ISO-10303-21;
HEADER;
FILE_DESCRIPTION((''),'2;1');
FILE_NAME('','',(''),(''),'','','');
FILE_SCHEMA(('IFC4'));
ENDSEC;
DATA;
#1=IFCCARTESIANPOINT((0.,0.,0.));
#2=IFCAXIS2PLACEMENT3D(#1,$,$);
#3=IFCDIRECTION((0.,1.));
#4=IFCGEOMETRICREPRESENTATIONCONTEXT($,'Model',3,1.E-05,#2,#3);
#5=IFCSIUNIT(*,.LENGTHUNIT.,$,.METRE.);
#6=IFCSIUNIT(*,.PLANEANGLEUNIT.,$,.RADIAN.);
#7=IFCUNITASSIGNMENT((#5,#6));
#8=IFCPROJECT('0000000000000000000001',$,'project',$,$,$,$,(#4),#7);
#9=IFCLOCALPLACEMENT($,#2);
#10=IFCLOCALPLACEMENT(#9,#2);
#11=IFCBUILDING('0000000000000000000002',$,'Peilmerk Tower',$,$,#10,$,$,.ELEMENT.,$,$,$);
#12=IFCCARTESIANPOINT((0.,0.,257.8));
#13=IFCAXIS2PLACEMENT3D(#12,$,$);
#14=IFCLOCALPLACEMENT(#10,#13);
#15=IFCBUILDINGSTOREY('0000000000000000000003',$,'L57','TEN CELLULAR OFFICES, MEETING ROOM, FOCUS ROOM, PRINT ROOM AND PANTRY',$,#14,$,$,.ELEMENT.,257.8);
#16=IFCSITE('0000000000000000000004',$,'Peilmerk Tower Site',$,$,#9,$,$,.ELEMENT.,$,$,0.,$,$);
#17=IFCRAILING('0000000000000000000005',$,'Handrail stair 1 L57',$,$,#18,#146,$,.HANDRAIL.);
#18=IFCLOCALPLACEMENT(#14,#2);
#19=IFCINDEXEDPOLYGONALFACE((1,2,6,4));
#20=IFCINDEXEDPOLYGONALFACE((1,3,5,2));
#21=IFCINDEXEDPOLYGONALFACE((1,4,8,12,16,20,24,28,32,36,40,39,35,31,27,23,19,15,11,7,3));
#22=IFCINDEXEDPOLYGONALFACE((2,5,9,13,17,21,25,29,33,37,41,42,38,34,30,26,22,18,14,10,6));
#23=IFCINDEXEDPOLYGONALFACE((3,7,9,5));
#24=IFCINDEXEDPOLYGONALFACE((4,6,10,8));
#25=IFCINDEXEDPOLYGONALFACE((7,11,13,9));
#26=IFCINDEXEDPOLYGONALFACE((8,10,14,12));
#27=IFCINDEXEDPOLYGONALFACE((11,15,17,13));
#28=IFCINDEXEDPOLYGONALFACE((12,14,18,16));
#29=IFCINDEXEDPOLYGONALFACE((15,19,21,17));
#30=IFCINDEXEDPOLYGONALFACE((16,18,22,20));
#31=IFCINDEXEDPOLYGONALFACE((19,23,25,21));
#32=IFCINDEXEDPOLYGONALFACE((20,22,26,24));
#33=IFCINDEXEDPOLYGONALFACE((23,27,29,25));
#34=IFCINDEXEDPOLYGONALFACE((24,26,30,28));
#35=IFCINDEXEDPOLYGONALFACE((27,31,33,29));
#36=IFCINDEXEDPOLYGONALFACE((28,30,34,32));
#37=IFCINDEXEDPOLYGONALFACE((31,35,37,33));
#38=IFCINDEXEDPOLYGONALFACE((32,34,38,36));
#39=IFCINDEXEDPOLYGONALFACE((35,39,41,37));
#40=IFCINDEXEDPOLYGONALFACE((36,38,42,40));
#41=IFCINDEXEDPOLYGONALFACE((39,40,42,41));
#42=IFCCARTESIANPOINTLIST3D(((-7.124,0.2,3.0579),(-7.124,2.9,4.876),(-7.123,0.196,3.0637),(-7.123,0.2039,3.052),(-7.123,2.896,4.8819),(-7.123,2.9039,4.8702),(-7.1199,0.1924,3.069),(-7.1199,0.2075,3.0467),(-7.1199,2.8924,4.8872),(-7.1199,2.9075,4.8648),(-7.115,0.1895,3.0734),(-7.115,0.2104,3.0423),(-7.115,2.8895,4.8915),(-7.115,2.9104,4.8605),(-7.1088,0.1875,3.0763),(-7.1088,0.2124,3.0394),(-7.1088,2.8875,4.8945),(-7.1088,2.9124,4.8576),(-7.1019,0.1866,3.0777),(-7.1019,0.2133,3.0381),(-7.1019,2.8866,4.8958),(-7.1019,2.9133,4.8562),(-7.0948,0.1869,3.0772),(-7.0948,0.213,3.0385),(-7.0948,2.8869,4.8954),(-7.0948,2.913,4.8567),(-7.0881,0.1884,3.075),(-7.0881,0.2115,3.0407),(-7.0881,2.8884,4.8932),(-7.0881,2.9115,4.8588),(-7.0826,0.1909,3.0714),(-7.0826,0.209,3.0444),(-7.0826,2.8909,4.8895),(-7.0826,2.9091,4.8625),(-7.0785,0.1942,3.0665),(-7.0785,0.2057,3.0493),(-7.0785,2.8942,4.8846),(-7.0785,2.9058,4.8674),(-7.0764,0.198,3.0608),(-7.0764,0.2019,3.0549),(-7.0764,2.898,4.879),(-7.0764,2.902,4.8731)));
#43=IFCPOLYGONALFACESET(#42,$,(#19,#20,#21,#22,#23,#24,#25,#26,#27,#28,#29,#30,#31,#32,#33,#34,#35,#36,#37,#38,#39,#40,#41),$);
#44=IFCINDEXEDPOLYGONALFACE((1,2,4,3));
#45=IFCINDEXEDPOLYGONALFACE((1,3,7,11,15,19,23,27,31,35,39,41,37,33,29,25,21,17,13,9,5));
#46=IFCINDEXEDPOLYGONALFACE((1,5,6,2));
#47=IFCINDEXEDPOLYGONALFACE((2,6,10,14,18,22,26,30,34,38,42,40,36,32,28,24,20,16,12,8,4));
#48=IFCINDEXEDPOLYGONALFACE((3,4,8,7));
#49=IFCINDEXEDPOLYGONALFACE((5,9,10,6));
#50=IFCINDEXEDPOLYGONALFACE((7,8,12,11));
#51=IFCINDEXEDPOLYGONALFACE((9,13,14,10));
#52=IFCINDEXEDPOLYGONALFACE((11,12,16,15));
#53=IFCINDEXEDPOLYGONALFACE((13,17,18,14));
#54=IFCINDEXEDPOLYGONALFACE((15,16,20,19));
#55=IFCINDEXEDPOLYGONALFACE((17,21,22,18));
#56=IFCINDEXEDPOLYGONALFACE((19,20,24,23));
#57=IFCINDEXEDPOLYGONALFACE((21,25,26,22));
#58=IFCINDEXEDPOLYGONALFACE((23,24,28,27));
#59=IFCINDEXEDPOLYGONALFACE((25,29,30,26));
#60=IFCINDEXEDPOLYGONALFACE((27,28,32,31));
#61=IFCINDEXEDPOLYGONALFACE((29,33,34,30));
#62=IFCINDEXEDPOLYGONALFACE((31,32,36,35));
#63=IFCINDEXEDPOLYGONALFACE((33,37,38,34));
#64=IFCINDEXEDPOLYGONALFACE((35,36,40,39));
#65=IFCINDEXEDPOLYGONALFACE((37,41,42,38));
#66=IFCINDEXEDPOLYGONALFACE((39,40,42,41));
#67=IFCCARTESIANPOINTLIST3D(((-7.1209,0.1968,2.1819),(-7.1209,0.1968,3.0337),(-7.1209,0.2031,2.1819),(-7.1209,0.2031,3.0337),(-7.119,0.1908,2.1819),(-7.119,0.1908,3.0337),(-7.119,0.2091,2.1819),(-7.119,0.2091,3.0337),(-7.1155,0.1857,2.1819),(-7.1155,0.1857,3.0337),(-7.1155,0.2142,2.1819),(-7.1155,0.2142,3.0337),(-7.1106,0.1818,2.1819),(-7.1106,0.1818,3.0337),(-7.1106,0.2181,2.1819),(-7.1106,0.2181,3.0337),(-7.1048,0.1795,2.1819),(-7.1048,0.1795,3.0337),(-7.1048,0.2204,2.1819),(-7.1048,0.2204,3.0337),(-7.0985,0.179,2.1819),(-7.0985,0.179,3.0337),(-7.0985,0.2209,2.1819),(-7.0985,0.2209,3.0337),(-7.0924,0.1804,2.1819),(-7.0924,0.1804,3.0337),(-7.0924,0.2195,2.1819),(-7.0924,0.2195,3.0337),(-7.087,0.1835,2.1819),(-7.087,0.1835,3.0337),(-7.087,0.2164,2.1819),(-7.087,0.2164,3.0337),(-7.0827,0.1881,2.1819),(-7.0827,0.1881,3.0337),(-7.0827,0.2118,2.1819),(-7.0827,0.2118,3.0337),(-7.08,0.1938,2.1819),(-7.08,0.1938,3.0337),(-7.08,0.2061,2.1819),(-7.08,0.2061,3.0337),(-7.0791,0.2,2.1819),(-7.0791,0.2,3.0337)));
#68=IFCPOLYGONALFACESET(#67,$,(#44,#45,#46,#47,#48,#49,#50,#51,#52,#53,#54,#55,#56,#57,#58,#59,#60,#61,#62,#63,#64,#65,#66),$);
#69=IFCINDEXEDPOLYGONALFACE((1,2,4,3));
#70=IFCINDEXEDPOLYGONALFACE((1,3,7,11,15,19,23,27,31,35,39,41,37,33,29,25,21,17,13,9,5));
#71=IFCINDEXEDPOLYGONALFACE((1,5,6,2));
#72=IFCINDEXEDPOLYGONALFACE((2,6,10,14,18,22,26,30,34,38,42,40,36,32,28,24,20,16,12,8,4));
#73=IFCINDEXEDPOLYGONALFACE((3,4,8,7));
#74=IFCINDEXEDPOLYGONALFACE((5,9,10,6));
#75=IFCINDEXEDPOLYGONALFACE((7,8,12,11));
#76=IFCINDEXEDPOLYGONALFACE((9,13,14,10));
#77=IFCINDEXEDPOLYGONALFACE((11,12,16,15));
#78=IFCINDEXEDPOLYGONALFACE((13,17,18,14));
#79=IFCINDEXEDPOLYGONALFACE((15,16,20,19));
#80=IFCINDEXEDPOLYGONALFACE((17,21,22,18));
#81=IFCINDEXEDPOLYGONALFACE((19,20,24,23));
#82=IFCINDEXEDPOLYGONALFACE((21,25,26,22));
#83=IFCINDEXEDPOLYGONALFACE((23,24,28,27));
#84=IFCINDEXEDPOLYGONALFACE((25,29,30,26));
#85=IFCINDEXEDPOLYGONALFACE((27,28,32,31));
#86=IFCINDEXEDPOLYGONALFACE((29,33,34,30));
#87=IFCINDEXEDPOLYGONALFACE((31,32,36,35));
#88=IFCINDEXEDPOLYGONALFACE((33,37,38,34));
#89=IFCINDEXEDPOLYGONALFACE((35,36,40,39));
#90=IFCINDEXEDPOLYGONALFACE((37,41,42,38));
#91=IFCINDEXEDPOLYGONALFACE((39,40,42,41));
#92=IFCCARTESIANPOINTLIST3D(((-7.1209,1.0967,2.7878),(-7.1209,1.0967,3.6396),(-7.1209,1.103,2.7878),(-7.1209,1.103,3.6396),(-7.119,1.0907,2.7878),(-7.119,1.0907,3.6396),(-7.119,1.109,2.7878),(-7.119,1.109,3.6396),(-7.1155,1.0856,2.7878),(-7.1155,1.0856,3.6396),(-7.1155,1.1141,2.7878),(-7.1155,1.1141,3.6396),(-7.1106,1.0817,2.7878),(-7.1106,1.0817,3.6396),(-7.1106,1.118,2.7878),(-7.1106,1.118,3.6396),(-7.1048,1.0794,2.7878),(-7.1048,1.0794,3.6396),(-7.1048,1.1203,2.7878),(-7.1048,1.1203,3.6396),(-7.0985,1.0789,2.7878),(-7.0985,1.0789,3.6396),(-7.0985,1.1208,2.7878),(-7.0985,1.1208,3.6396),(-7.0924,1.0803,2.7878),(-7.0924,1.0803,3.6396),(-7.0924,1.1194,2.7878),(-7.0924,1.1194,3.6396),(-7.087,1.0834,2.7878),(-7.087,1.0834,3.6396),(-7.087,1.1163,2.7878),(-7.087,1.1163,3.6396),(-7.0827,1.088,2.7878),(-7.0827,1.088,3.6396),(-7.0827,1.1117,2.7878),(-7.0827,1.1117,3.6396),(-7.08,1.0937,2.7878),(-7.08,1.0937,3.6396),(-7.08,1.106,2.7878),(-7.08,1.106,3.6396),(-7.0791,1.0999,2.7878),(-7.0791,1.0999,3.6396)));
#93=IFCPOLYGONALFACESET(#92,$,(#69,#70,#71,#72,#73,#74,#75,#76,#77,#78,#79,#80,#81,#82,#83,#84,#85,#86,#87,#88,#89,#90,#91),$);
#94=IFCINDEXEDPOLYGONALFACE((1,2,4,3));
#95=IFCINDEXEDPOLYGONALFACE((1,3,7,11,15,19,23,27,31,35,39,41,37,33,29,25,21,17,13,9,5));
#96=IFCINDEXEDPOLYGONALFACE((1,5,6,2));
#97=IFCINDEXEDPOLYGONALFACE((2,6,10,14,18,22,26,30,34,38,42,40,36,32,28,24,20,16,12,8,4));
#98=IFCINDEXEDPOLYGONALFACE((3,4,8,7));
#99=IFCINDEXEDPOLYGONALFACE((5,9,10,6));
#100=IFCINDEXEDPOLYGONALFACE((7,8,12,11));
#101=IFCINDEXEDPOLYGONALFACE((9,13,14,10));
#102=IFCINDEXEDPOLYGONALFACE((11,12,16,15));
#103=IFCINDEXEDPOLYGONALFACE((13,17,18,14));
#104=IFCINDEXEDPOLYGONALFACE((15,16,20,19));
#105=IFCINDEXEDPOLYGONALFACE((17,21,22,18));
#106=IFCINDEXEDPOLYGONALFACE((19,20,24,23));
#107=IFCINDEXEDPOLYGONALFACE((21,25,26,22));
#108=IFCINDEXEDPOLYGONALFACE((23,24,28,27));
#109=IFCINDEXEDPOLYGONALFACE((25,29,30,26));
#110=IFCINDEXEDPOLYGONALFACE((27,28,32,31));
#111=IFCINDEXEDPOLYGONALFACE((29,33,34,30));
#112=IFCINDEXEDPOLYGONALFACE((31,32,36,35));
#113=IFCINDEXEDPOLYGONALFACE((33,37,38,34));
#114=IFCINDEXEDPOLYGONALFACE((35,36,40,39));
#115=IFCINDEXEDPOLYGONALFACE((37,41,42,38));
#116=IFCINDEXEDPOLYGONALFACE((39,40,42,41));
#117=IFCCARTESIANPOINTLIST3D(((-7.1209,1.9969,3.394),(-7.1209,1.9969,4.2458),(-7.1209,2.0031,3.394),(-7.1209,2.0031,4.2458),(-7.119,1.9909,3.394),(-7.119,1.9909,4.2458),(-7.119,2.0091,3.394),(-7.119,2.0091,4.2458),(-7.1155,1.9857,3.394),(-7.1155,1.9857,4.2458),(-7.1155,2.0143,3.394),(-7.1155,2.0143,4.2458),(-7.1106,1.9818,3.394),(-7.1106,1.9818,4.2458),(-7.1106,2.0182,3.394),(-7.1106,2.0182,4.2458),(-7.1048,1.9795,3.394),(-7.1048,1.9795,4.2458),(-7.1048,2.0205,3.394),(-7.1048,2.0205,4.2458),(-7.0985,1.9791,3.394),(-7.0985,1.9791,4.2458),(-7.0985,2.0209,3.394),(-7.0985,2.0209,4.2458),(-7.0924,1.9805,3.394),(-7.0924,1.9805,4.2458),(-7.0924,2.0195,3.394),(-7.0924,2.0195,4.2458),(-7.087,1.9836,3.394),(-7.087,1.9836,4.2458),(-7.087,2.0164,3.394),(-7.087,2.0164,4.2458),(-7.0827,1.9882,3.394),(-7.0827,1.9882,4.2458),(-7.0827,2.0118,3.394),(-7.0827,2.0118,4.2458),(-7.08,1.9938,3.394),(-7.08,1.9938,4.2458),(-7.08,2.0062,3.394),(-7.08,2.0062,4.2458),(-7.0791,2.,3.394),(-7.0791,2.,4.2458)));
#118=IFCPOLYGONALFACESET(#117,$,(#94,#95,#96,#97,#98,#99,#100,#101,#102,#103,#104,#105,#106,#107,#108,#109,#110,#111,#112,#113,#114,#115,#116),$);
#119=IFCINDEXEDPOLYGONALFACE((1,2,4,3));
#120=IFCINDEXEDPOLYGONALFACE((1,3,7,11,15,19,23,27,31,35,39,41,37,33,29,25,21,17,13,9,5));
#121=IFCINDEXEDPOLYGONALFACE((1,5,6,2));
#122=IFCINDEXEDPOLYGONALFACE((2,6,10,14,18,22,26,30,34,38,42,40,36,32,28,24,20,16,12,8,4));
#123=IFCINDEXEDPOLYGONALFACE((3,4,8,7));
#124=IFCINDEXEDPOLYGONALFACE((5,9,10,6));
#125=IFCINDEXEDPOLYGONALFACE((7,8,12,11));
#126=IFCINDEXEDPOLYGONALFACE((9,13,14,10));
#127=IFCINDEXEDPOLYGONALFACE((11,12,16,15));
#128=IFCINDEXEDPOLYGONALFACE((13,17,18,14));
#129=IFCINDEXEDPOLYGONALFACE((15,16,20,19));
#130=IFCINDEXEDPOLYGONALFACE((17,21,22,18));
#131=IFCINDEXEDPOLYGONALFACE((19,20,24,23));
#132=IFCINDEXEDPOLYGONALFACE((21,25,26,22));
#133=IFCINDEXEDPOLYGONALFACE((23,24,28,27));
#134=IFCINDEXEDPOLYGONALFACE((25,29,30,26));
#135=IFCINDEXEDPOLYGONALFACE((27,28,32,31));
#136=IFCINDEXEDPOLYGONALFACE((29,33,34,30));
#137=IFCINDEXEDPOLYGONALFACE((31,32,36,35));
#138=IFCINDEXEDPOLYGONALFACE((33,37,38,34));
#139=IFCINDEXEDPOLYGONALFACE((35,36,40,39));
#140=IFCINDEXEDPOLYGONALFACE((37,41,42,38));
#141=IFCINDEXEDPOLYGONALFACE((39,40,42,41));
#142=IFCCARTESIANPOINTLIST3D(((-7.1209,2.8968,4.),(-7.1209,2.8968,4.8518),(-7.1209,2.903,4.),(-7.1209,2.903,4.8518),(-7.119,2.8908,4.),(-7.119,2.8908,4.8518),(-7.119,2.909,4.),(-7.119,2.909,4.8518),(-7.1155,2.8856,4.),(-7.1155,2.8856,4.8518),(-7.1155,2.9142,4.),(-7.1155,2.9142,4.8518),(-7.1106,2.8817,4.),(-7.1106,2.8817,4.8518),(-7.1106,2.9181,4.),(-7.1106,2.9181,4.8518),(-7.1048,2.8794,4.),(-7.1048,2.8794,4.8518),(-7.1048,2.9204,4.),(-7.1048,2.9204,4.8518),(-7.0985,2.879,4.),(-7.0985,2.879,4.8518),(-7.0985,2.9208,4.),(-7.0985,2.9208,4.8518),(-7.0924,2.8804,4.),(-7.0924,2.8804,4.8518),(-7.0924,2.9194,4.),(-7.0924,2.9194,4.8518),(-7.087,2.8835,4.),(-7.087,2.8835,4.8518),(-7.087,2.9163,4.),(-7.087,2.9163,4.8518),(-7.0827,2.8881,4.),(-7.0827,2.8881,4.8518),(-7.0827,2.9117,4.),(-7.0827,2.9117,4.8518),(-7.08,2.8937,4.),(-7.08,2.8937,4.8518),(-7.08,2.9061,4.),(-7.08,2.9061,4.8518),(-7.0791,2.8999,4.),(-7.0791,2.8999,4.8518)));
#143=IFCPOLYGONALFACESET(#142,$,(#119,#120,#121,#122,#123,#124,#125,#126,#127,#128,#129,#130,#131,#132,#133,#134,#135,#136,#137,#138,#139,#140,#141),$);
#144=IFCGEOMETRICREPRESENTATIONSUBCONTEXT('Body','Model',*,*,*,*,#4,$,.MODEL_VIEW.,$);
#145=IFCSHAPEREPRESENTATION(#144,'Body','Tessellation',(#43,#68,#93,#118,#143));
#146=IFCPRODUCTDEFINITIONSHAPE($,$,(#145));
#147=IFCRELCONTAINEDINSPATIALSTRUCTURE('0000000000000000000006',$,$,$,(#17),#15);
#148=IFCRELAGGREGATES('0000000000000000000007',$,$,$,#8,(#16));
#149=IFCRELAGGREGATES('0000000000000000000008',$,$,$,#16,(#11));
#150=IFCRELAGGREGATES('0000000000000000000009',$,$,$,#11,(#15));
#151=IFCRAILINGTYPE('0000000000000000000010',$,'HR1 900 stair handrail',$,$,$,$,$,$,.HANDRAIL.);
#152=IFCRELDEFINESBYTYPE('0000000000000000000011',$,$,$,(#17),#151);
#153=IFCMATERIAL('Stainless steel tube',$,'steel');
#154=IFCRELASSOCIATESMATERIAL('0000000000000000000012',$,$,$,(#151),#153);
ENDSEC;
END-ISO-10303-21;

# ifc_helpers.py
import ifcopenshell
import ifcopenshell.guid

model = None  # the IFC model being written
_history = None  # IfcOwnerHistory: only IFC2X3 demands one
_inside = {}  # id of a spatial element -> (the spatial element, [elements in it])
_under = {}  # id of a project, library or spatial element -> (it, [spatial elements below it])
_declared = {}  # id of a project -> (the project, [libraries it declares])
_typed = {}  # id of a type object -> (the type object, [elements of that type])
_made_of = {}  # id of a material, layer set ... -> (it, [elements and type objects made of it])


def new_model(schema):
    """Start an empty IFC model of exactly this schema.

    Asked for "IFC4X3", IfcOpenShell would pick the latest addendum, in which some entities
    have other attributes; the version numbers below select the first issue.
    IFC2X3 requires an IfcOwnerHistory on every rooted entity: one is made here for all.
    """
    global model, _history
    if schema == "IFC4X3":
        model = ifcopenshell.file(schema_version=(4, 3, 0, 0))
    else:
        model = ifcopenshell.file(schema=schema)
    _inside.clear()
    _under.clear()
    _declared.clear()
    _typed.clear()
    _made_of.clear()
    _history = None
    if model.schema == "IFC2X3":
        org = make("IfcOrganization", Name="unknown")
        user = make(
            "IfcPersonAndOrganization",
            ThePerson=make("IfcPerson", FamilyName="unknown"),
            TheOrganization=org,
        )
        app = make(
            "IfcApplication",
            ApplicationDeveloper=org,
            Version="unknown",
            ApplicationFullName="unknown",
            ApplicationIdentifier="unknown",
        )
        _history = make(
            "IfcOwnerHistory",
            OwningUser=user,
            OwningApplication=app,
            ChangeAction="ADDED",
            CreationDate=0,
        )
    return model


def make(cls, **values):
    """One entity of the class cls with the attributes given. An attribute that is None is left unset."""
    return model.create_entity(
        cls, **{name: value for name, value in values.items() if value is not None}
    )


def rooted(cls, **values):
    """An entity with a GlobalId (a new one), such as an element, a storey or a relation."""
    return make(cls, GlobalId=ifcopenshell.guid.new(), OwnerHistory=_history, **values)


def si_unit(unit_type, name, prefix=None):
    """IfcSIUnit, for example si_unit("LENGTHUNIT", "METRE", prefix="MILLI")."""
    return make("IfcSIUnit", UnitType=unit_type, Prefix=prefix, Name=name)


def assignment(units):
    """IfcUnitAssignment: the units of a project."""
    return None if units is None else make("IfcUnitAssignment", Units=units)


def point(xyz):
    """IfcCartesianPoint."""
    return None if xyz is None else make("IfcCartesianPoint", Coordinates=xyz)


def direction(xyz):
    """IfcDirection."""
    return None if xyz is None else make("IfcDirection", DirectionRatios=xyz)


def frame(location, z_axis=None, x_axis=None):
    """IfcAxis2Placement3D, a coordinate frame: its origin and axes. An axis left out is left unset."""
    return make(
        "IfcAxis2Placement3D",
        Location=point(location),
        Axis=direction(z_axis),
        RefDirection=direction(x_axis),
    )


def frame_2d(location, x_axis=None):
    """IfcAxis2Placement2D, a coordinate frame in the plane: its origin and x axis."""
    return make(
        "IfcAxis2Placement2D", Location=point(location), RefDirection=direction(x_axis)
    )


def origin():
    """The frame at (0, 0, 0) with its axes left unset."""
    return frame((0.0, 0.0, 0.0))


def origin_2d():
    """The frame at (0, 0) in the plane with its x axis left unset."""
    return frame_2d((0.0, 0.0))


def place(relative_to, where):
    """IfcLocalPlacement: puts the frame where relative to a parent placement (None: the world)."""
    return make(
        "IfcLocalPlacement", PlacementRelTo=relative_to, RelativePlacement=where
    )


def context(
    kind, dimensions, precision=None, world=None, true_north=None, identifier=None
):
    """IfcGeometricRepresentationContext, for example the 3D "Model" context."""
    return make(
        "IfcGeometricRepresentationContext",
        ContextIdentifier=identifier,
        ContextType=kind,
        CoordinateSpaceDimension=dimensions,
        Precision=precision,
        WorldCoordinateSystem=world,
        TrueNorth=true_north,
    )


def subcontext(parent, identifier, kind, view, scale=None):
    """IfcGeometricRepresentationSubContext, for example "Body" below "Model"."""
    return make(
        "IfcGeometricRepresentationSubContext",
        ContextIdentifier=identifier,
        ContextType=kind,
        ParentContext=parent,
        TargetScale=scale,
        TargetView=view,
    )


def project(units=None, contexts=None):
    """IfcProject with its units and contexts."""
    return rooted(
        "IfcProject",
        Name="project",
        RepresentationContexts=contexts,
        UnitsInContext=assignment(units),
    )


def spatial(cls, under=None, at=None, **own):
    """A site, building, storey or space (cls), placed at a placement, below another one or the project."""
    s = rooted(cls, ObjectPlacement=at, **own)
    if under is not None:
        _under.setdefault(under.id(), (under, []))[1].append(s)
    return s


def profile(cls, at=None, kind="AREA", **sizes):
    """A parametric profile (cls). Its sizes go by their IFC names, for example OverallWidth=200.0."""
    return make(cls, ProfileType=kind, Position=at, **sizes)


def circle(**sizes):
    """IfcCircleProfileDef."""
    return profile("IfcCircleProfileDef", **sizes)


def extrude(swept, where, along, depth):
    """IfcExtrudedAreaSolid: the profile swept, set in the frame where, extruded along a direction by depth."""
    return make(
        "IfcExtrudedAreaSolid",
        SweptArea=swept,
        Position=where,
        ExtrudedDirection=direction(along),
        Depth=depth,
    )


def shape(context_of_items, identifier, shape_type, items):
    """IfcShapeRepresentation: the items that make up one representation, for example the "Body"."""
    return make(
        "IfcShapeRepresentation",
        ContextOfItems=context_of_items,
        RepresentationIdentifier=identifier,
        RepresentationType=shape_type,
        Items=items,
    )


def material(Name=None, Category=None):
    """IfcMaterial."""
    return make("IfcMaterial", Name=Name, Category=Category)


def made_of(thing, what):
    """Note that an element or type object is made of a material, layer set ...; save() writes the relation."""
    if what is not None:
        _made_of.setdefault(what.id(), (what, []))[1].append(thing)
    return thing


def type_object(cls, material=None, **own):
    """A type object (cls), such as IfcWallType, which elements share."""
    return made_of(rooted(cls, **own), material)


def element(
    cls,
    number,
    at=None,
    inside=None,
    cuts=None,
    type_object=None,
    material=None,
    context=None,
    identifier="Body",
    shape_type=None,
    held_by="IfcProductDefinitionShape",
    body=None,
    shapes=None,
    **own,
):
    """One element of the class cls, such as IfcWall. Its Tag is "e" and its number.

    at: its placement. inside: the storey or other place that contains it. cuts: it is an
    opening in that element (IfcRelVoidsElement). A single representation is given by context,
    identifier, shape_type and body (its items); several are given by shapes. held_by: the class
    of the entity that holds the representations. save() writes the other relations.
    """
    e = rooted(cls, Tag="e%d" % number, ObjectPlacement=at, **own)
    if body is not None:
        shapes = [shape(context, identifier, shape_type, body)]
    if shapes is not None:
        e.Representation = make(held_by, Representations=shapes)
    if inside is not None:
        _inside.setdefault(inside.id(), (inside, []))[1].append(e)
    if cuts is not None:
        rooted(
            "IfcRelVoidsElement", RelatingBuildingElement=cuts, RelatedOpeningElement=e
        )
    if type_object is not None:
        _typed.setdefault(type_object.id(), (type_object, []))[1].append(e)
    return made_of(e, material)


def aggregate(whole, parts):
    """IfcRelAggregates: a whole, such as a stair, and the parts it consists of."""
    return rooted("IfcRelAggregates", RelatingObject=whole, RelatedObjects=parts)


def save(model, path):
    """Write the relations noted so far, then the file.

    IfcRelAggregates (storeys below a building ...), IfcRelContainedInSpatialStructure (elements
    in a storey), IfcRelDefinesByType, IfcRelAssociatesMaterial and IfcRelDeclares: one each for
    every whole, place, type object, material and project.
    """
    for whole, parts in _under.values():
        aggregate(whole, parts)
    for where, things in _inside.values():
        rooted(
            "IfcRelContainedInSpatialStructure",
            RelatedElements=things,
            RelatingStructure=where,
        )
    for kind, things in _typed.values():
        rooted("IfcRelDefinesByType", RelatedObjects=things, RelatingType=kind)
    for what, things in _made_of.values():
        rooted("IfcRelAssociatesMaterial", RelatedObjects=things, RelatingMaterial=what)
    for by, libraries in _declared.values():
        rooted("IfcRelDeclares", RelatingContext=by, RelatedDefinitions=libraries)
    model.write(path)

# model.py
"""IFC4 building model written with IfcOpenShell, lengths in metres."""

from ifc_helpers import new_model, si_unit, direction, frame, origin, origin_2d, place, context, subcontext, project, spatial, circle, extrude, material, type_object, element, save


model = new_model("IFC4")

# Units and contexts
model_context = context("Model", 3, precision=1e-05, world=origin(), true_north=direction((0.0, 1.0)))
body_context = subcontext(model_context, "Body", "Model", "MODEL_VIEW")
ifc_project = project(units=[si_unit("LENGTHUNIT", "METRE"), si_unit("PLANEANGLEUNIT", "RADIAN")], contexts=[model_context])

# Site, building, storey
site_placement = place(None, origin())
site = spatial("IfcSite", under=ifc_project, at=site_placement, Name="Peilmerk Tower Site", CompositionType="ELEMENT", RefElevation=0.0)
building_placement = place(site_placement, origin())
building = spatial("IfcBuilding", under=site, at=building_placement, Name="Peilmerk Tower", CompositionType="ELEMENT")
storey_placement = place(building_placement, frame((0.0, 0.0, 257.8)))
storey = spatial("IfcBuildingStorey", under=building, at=storey_placement, Name="L57", Description="TEN CELLULAR OFFICES, MEETING ROOM, FOCUS ROOM, PRINT ROOM AND PANTRY", CompositionType="ELEMENT", Elevation=257.8)

# Railing
ifc_material_1 = material(Name="Stainless steel tube", Category="steel")
railing_type_1 = type_object("IfcRailingType", Name="HR1 900 stair handrail", PredefinedType="HANDRAIL", material=ifc_material_1)
railing_1_placement = place(storey_placement, frame((-7.1001, 0.2, 2.1819)))
element("IfcRailing", 1, at=railing_1_placement, inside=storey, type_object=railing_type_1, Name="Handrail stair 1 L57", PredefinedType="HANDRAIL", context=body_context, shape_type="SweptSolid", body=[
    extrude(circle(Radius=0.0239, at=origin_2d()), frame((0.0, 0.0, 0.876), z_axis=(0.0, 0.829468, 0.558554), x_axis=(-1.0, 0.0, 0.0)), (0.0, 0.0, 1.0), 3.2551),
    extrude(circle(Radius=0.021, at=origin_2d()), origin(), (0.0, 0.0, 1.0), 0.8518),
    extrude(circle(Radius=0.021, at=origin_2d()), frame((0.0, 0.8999, 0.606)), (0.0, 0.0, 1.0), 0.8518),
    extrude(circle(Radius=0.021, at=origin_2d()), frame((0.0, 1.8, 1.2122)), (0.0, 0.0, 1.0), 0.8518),
    extrude(circle(Radius=0.021, at=origin_2d()), frame((0.0, 2.7, 1.8181)), (0.0, 0.0, 1.0), 0.8518),
])

save(model, "model.ifc")
